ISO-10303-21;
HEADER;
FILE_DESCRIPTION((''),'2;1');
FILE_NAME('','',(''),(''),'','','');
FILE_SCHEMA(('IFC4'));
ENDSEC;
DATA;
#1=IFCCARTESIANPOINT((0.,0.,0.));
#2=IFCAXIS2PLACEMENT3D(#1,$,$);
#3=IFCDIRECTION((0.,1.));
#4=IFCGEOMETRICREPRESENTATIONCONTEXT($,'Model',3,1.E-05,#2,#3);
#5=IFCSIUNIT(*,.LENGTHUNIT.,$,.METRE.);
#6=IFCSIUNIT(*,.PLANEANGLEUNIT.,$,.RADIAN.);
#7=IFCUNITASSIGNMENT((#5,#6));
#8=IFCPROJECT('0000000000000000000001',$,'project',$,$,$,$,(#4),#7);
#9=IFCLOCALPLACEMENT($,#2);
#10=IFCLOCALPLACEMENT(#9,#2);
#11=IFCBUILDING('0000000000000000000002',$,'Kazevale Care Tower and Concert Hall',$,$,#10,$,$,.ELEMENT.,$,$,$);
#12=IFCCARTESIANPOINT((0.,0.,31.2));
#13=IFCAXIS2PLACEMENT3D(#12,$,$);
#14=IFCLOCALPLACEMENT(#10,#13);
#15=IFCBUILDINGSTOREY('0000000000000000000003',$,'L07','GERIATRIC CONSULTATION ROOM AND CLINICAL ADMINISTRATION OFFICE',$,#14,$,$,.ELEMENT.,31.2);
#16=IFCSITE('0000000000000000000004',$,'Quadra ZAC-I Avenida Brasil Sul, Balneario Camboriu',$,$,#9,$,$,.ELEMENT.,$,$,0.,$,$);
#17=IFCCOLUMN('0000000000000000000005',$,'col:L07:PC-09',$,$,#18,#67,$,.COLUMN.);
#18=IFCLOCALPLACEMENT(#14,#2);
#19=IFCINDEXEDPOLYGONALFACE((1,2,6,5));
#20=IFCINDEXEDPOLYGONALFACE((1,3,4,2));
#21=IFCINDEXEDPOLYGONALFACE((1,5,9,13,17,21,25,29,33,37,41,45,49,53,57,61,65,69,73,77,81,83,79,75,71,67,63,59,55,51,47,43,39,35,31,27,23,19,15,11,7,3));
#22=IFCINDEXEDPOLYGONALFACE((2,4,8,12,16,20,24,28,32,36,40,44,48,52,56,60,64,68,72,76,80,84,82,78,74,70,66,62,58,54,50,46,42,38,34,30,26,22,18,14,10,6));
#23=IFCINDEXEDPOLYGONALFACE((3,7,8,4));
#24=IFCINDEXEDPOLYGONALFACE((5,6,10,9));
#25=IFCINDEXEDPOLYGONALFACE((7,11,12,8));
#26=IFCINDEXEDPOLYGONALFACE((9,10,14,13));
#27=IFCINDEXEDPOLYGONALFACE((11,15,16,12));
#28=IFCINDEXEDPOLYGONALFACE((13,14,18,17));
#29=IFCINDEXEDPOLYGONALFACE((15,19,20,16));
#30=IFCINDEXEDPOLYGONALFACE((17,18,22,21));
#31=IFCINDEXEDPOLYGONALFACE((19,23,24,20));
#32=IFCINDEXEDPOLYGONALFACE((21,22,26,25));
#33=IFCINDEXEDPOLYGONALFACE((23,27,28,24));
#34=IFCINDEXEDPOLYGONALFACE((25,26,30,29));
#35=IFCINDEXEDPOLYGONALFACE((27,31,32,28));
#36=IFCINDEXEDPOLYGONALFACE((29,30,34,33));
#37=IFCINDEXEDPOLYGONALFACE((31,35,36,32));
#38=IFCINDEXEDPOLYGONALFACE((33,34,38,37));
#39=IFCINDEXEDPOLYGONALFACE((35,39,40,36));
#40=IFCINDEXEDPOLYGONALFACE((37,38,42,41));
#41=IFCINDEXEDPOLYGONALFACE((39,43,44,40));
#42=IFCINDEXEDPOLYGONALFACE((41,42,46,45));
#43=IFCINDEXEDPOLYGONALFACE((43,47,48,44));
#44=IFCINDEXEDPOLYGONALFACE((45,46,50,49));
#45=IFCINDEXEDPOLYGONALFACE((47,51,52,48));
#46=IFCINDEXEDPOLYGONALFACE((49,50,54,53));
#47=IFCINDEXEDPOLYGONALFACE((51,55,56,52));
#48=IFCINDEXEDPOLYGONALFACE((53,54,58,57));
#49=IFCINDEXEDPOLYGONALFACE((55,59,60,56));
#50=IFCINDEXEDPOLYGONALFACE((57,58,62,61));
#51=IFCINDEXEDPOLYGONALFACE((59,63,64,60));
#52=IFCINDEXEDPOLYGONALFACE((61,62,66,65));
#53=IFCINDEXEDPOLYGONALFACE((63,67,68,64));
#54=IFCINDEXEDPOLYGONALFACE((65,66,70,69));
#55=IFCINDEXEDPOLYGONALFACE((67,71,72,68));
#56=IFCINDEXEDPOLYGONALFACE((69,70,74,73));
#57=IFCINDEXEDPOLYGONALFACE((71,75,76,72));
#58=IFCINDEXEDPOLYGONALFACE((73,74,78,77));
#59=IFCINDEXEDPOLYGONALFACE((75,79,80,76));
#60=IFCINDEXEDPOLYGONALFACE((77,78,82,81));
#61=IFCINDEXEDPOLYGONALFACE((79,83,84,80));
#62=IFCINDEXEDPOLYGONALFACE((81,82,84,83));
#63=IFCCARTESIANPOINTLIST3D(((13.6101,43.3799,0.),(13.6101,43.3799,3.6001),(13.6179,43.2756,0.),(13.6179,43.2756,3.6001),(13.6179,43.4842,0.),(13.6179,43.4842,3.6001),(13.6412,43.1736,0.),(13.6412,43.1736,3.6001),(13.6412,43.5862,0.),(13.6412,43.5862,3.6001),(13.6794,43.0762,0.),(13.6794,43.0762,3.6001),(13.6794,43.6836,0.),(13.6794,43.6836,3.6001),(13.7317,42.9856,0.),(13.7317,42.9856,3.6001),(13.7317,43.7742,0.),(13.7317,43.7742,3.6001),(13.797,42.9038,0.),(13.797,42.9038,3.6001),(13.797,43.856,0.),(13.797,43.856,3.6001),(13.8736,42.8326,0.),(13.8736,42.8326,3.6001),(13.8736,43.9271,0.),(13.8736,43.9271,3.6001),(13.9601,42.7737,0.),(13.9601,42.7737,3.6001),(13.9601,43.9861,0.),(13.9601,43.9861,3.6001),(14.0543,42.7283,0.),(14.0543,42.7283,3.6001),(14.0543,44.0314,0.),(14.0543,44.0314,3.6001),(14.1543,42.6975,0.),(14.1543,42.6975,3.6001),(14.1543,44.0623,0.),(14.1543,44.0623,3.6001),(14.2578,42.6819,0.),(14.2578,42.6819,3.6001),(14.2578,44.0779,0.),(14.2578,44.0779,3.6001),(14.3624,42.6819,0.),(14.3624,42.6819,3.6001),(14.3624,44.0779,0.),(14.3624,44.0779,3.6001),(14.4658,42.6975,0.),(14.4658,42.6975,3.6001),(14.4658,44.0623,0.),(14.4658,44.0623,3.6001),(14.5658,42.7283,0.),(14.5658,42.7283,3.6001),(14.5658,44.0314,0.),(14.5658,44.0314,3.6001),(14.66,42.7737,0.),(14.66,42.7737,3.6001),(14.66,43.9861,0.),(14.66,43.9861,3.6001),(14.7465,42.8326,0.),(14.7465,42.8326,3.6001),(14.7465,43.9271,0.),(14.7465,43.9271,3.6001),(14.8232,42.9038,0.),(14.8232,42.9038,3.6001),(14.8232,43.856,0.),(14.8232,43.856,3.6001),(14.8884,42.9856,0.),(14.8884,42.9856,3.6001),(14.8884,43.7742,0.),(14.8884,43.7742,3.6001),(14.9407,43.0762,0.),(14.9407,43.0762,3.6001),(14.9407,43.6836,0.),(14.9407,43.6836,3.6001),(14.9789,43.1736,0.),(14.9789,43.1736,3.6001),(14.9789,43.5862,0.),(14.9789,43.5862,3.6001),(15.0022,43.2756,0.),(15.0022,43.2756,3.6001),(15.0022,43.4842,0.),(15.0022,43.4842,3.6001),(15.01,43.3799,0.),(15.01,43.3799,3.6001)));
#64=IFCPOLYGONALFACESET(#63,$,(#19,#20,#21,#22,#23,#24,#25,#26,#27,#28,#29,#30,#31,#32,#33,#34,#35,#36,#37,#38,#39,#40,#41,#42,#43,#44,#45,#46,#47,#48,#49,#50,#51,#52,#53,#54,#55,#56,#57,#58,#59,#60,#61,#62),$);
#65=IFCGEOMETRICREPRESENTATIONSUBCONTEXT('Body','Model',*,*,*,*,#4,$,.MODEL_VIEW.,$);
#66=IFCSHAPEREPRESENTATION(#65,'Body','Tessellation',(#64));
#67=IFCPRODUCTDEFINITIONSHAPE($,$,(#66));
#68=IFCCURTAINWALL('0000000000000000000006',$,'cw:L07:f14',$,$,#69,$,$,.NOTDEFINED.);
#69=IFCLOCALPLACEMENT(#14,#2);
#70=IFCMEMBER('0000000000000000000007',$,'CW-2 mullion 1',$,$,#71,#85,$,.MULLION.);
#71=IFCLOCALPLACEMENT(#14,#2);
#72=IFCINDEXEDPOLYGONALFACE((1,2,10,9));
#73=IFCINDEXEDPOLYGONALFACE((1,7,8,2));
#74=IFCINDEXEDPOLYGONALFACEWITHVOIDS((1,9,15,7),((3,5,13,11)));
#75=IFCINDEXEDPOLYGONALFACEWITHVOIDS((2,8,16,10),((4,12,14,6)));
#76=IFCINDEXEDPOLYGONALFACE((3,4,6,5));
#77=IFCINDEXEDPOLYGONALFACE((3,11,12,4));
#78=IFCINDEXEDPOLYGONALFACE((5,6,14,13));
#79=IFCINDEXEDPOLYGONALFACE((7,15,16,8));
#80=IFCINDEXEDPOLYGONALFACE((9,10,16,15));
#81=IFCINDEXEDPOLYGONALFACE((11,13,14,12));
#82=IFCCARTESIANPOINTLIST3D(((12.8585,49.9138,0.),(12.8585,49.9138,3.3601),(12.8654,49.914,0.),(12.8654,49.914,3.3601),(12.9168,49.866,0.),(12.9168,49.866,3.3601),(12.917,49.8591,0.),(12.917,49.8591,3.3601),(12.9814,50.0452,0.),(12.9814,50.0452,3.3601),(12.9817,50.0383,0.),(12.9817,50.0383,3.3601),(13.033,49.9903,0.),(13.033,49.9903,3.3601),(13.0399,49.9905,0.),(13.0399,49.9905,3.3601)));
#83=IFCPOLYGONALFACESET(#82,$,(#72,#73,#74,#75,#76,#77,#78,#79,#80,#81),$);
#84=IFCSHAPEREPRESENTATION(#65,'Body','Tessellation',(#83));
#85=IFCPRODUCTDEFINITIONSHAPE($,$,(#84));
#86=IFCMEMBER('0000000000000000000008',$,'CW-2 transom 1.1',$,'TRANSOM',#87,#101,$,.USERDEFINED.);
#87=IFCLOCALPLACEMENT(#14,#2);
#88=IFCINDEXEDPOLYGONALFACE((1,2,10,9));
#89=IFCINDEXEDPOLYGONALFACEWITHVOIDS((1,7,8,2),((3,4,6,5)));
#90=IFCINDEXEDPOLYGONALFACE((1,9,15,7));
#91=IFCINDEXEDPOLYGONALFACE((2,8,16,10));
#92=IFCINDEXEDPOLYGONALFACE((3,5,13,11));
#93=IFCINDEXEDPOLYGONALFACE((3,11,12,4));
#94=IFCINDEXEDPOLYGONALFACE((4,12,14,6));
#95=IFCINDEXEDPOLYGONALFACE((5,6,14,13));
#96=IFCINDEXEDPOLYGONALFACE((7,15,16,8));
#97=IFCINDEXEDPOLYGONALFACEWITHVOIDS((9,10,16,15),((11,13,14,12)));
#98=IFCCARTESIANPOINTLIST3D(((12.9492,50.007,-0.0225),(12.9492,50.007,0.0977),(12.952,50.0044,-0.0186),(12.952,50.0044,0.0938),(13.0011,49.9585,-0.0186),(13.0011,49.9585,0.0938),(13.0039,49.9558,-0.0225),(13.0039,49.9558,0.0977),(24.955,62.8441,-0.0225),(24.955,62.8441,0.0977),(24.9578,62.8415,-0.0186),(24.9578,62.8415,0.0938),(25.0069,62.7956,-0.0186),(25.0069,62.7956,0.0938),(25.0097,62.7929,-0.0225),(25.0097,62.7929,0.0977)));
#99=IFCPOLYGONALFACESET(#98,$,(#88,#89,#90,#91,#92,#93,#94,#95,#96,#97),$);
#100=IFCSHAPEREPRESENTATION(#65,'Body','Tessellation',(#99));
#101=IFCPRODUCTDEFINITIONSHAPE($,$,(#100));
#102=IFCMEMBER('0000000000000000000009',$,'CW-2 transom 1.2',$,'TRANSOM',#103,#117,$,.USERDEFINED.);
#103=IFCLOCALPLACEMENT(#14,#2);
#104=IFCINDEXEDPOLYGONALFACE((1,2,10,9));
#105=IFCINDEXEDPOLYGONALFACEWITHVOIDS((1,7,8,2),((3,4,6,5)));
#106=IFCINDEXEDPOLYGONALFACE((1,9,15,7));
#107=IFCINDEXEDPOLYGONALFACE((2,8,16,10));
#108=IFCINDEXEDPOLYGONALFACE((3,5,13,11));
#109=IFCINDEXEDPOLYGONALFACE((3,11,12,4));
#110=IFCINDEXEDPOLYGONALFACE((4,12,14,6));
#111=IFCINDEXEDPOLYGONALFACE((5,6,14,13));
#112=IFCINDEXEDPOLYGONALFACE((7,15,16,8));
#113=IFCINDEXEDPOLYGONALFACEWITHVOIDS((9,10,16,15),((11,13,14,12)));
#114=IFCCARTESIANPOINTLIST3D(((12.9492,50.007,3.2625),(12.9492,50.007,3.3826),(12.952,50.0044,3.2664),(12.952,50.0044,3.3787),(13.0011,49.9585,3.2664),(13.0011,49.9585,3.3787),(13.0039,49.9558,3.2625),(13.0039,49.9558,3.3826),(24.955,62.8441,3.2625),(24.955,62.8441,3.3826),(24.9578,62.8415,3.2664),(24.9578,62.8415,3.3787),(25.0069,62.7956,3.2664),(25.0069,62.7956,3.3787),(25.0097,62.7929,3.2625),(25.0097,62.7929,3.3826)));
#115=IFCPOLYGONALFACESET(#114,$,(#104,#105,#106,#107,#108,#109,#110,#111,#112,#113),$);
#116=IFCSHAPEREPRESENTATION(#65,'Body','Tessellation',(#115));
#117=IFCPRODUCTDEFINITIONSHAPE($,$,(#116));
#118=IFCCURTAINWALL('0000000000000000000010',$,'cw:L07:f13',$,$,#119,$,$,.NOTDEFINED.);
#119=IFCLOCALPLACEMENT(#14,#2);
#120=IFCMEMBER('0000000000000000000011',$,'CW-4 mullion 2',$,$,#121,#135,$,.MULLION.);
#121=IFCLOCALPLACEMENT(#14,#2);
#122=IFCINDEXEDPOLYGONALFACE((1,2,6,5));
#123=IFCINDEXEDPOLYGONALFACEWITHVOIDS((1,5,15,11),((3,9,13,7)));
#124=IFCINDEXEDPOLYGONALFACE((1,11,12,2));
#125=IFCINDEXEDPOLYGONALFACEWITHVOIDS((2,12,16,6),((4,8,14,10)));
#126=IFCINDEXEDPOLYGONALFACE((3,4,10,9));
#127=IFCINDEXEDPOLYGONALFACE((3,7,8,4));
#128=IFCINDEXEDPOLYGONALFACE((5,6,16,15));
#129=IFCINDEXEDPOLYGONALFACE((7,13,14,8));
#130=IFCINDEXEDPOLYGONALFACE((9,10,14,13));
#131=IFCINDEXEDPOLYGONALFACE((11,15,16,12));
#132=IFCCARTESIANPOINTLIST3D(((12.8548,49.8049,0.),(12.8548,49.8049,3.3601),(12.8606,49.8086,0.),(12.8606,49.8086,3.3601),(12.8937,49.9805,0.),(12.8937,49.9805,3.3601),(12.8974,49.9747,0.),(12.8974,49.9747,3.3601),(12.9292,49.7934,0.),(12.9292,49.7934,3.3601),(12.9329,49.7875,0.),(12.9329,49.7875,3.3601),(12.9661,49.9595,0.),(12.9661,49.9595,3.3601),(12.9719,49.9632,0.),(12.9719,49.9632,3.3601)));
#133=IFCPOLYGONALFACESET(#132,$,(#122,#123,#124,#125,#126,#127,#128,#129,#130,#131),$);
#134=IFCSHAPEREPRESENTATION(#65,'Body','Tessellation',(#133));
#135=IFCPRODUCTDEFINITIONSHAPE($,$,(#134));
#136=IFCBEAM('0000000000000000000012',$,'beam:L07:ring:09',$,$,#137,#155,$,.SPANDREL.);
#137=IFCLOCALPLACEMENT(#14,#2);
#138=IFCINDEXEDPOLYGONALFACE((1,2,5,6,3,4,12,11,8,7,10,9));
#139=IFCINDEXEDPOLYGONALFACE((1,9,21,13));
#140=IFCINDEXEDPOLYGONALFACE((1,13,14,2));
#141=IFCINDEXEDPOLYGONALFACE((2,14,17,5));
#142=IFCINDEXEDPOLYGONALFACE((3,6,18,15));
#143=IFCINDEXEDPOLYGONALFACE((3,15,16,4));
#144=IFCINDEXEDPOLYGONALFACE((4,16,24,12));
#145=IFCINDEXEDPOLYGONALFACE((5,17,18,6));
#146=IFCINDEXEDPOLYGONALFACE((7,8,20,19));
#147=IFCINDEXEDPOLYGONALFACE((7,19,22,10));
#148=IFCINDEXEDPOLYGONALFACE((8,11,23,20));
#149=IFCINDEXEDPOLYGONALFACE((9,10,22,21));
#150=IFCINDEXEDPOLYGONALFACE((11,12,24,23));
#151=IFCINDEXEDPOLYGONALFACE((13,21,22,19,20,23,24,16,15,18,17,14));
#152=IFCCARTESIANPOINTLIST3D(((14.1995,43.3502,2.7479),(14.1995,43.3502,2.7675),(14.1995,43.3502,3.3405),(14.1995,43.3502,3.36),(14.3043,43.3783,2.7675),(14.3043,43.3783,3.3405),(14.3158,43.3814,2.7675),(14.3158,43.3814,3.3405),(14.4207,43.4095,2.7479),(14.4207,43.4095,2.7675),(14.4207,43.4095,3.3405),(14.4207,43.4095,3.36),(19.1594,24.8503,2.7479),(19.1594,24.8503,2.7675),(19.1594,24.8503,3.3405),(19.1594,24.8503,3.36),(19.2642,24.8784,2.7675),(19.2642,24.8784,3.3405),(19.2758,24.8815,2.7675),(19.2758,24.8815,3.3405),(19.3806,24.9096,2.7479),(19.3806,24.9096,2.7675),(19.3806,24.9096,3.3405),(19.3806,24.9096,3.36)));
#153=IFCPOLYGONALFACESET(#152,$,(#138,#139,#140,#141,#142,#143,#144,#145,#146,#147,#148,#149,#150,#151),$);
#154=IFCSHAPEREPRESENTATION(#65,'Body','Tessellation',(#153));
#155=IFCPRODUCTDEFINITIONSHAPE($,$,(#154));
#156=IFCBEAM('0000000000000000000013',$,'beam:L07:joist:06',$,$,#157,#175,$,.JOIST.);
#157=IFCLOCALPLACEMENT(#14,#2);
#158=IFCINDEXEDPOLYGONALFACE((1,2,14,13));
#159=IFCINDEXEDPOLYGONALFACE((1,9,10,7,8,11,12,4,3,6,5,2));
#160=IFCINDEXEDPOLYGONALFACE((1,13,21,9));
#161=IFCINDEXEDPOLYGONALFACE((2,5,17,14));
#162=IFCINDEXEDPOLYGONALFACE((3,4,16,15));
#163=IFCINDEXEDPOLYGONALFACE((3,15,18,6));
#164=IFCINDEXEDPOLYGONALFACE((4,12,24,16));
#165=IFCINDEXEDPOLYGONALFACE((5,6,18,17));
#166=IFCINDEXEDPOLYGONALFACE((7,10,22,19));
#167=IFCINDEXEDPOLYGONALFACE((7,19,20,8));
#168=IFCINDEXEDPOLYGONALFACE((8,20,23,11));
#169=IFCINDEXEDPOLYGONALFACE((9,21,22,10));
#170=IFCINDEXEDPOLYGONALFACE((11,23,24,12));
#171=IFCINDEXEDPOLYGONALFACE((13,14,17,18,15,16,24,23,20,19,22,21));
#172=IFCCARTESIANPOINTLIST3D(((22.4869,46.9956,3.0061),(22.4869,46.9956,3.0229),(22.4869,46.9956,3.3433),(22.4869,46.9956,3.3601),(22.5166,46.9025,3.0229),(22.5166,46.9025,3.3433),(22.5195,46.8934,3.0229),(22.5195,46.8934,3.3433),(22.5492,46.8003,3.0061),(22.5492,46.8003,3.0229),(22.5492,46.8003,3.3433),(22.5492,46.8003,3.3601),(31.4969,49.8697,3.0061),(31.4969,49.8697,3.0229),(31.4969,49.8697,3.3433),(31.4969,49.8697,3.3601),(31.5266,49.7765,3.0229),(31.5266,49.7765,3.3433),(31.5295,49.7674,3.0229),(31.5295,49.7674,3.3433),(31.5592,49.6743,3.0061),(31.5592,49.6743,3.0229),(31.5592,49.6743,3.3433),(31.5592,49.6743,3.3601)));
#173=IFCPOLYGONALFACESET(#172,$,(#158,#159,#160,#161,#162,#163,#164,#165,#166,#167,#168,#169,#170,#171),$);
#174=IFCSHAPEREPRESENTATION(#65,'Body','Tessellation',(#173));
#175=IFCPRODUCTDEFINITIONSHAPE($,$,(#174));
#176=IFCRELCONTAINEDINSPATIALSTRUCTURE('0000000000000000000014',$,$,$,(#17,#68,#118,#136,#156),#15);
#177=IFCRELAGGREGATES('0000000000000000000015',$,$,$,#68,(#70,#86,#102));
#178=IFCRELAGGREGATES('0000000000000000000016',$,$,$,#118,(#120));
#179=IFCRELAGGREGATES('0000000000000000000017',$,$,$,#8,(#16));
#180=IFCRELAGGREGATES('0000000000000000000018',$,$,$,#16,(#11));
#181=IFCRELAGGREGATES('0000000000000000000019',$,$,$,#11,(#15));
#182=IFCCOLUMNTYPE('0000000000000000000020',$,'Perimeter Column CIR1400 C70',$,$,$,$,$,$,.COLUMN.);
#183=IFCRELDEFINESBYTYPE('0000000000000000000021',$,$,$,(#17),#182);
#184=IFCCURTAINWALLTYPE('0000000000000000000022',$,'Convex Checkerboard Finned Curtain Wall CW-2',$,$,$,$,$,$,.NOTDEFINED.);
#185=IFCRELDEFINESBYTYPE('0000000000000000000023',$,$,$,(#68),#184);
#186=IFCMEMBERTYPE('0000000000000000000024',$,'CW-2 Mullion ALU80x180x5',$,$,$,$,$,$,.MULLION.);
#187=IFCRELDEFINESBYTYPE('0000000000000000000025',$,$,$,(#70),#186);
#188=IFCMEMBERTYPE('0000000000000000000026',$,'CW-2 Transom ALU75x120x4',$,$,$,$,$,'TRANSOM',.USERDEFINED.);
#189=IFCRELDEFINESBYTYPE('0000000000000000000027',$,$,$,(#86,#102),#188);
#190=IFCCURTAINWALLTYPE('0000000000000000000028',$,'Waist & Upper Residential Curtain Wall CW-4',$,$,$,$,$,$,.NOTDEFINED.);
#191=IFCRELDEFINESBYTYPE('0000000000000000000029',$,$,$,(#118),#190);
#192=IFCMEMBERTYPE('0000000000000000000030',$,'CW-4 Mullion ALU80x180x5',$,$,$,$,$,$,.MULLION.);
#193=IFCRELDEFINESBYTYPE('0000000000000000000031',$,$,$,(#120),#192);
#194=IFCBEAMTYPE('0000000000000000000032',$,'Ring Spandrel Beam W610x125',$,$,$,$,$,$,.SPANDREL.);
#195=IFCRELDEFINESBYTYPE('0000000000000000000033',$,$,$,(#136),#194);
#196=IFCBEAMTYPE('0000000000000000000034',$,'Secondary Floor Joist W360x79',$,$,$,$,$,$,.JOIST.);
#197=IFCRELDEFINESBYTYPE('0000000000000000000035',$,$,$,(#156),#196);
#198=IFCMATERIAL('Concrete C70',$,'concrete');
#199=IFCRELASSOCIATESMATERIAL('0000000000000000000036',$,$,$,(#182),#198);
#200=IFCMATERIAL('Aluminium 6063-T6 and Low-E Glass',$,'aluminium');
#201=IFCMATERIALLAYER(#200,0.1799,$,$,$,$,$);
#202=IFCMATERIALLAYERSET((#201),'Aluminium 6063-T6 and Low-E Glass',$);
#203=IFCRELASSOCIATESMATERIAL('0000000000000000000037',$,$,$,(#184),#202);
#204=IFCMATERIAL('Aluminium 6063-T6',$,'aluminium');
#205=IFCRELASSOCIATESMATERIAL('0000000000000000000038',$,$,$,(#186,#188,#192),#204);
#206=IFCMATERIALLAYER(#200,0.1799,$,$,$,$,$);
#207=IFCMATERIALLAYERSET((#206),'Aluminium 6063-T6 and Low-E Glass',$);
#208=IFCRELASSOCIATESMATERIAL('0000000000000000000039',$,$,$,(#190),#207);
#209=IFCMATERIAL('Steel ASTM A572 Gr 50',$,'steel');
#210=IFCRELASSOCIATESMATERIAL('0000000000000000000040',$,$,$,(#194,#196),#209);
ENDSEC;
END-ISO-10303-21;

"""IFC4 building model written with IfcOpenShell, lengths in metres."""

from ifc_helpers import new_model, si_unit, direction, frame, origin, origin_2d, place, context, subcontext, project, spatial, hollow_rectangle, circle, i_section, extrude, material, layer, layer_set, material_profile, profile_set, type_object, element, aggregate, save


model = new_model("IFC4")

# Units and contexts
model_context = context("Model", 3, precision=1e-05, world=origin(), true_north=direction((0.0, 1.0)))
body_context = subcontext(model_context, "Body", "Model", "MODEL_VIEW")
ifc_project = project(units=[si_unit("LENGTHUNIT", "METRE"), si_unit("PLANEANGLEUNIT", "RADIAN")], contexts=[model_context])

# Site, building, storey
site_placement = place(None, origin())
site = spatial("IfcSite", under=ifc_project, at=site_placement, Name="Quadra ZAC-I Avenida Brasil Sul, Balneario Camboriu", CompositionType="ELEMENT", RefElevation=0.0)
building_placement = place(site_placement, origin())
building = spatial("IfcBuilding", under=site, at=building_placement, Name="Kazevale Care Tower and Concert Hall", CompositionType="ELEMENT")
storey_placement = place(building_placement, frame((0.0, 0.0, 31.2)))
storey = spatial("IfcBuildingStorey", under=building, at=storey_placement, Name="L07", Description="GERIATRIC CONSULTATION ROOM AND CLINICAL ADMINISTRATION OFFICE", CompositionType="ELEMENT", Elevation=31.2)

# Column
ifc_material_1 = material(Name="Concrete C70", Category="concrete")
ifc_material_profile_1 = material_profile(ifc_material_1, circle(Radius=0.7, at=origin_2d()), Name="RC-CIR1400")
ifc_profile_set_1 = profile_set([ifc_material_profile_1], Name="Concrete C70")
column_type = type_object("IfcColumnType", Name="Perimeter Column CIR1400 C70", PredefinedType="COLUMN", material=ifc_profile_set_1)
column_placement = place(storey_placement, frame((14.3101, 43.3799, 0.0), z_axis=(0.0, 0.0, 1.0), x_axis=(1.0, 0.0, 0.0)))
element("IfcColumn", 1, at=column_placement, inside=storey, type_object=column_type, Name="col:L07:PC-09", PredefinedType="COLUMN", context=body_context, shape_type="SweptSolid", body=[
    extrude(circle(Radius=0.7, at=origin_2d()), origin(), (0.0, 0.0, 1.0), 3.6001),
])

# Curtain wall, members
ifc_material_2 = material(Name="Aluminium 6063-T6 and Low-E Glass", Category="aluminium")
ifc_layer_1 = layer(ifc_material_2, 0.1799)
ifc_layer_set_1 = layer_set([ifc_layer_1], Name="Aluminium 6063-T6 and Low-E Glass")
curtain_wall_type_1 = type_object("IfcCurtainWallType", Name="Convex Checkerboard Finned Curtain Wall CW-2", PredefinedType="NOTDEFINED", material=ifc_layer_set_1)
curtain_wall_1_placement = place(storey_placement, origin())
curtain_wall_1 = element("IfcCurtainWall", 2, at=curtain_wall_1_placement, inside=storey, type_object=curtain_wall_type_1, Name="cw:L07:f14", PredefinedType="NOTDEFINED")
ifc_material_3 = material(Name="Aluminium 6063-T6", Category="aluminium")
ifc_material_profile_2 = material_profile(ifc_material_3, hollow_rectangle(XDim=0.0801, YDim=0.1799, WallThickness=0.0049, at=origin_2d()), Name="ALU80x180x5")
ifc_profile_set_2 = profile_set([ifc_material_profile_2], Name="Aluminium 6063-T6")
member_type_1 = type_object("IfcMemberType", Name="CW-2 Mullion ALU80x180x5", PredefinedType="MULLION", material=ifc_profile_set_2)
member_1_placement = place(storey_placement, frame((12.9492, 49.9521, 0.0), z_axis=(0.0, 0.0, 1.0), x_axis=(-0.730363, 0.683059, 0.0)))
member_1 = element("IfcMember", 3, at=member_1_placement, type_object=member_type_1, Name="CW-2 mullion 1", PredefinedType="MULLION", context=body_context, shape_type="SweptSolid", body=[
    extrude(hollow_rectangle(XDim=0.0801, YDim=0.1799, WallThickness=0.0049, at=origin_2d()), origin(), (0.0, 0.0, 1.0), 3.3601),
])
ifc_material_profile_3 = material_profile(ifc_material_3, hollow_rectangle(XDim=0.075, YDim=0.1201, WallThickness=0.0039, at=origin_2d()), Name="ALU75x120x4")
ifc_profile_set_3 = profile_set([ifc_material_profile_3], Name="Aluminium 6063-T6")
member_type_2 = type_object("IfcMemberType", Name="CW-2 Transom ALU75x120x4", ElementType="TRANSOM", PredefinedType="USERDEFINED", material=ifc_profile_set_3)
member_2_placement = place(storey_placement, frame((12.9766, 49.9814, 0.0376), z_axis=(0.683063, 0.730359, 0.0), x_axis=(-0.730359, 0.683063, 0.0)))
member_2 = element("IfcMember", 4, at=member_2_placement, type_object=member_type_2, Name="CW-2 transom 1.1", ObjectType="TRANSOM", PredefinedType="USERDEFINED", context=body_context, shape_type="SweptSolid", body=[
    extrude(hollow_rectangle(XDim=0.075, YDim=0.1201, WallThickness=0.0039, at=origin_2d()), origin(), (0.0, 0.0, 1.0), 17.5764),
])
member_3_placement = place(storey_placement, frame((12.9766, 49.9814, 3.3225), z_axis=(0.683063, 0.730359, 0.0), x_axis=(-0.730359, 0.683063, 0.0)))
member_3 = element("IfcMember", 5, at=member_3_placement, type_object=member_type_2, Name="CW-2 transom 1.2", ObjectType="TRANSOM", PredefinedType="USERDEFINED", context=body_context, shape_type="SweptSolid", body=[
    extrude(hollow_rectangle(XDim=0.075, YDim=0.1201, WallThickness=0.0039, at=origin_2d()), origin(), (0.0, 0.0, 1.0), 17.5764),
])
aggregate(curtain_wall_1, [member_1, member_2, member_3])

# Curtain wall, member
ifc_layer_2 = layer(ifc_material_2, 0.1799)
ifc_layer_set_2 = layer_set([ifc_layer_2], Name="Aluminium 6063-T6 and Low-E Glass")
curtain_wall_type_2 = type_object("IfcCurtainWallType", Name="Waist & Upper Residential Curtain Wall CW-4", PredefinedType="NOTDEFINED", material=ifc_layer_set_2)
curtain_wall_2_placement = place(storey_placement, origin())
curtain_wall_2 = element("IfcCurtainWall", 6, at=curtain_wall_2_placement, inside=storey, type_object=curtain_wall_type_2, Name="cw:L07:f13", PredefinedType="NOTDEFINED")
ifc_material_profile_4 = material_profile(ifc_material_3, hollow_rectangle(XDim=0.0801, YDim=0.1799, WallThickness=0.0049, at=origin_2d()), Name="ALU80x180x5")
ifc_profile_set_4 = profile_set([ifc_material_profile_4], Name="Aluminium 6063-T6")
member_type_3 = type_object("IfcMemberType", Name="CW-4 Mullion ALU80x180x5", PredefinedType="MULLION", material=ifc_profile_set_4)
member_4_placement = place(storey_placement, frame((12.9133, 49.884, 0.0), z_axis=(0.0, 0.0, 1.0), x_axis=(-0.976291, 0.216461, 0.0)))
member_4 = element("IfcMember", 7, at=member_4_placement, type_object=member_type_3, Name="CW-4 mullion 2", PredefinedType="MULLION", context=body_context, shape_type="SweptSolid", body=[
    extrude(hollow_rectangle(XDim=0.0801, YDim=0.1799, WallThickness=0.0049, at=origin_2d()), origin(), (0.0, 0.0, 1.0), 3.3601),
])

# Beams
ifc_material_4 = material(Name="Steel ASTM A572 Gr 50", Category="steel")
ifc_material_profile_5 = material_profile(ifc_material_4, i_section(OverallWidth=0.229, OverallDepth=0.6121, WebThickness=0.012, FlangeThickness=0.0195, at=origin_2d()), Name="W610x125")
ifc_profile_set_5 = profile_set([ifc_material_profile_5], Name="Steel ASTM A572 Gr 50")
beam_type_1 = type_object("IfcBeamType", Name="Ring Spandrel Beam W610x125", PredefinedType="SPANDREL", material=ifc_profile_set_5)
beam_1_placement = place(storey_placement, frame((14.3101, 43.3799, 3.054), z_axis=(0.25896, -0.965888, 0.0), x_axis=(0.965888, 0.25896, 0.0)))
element("IfcBeam", 8, at=beam_1_placement, inside=storey, type_object=beam_type_1, Name="beam:L07:ring:09", PredefinedType="SPANDREL", context=body_context, shape_type="SweptSolid", body=[
    extrude(i_section(OverallWidth=0.229, OverallDepth=0.6121, WebThickness=0.012, FlangeThickness=0.0195, at=origin_2d()), origin(), (0.0, 0.0, 1.0), 19.1533),
])
ifc_material_profile_6 = material_profile(ifc_material_4, i_section(OverallWidth=0.2051, OverallDepth=0.354, WebThickness=0.0095, FlangeThickness=0.0168, at=origin_2d()), Name="W360x79")
ifc_profile_set_6 = profile_set([ifc_material_profile_6], Name="Steel ASTM A572 Gr 50")
beam_type_2 = type_object("IfcBeamType", Name="Secondary Floor Joist W360x79", PredefinedType="JOIST", material=ifc_profile_set_6)
beam_2_placement = place(storey_placement, frame((31.5281, 49.772, 3.1831), z_axis=(-0.952705, -0.303895, 0.0), x_axis=(0.303895, -0.952705, 0.0)))
element("IfcBeam", 9, at=beam_2_placement, inside=storey, type_object=beam_type_2, Name="beam:L07:joist:06", PredefinedType="JOIST", context=body_context, shape_type="SweptSolid", body=[
    extrude(i_section(OverallWidth=0.2051, OverallDepth=0.354, WebThickness=0.0095, FlangeThickness=0.0168, at=origin_2d()), origin(), (0.0, 0.0, 1.0), 9.4573),
])

aggregate(curtain_wall_2, [member_4])

save(model, "model.ifc")
